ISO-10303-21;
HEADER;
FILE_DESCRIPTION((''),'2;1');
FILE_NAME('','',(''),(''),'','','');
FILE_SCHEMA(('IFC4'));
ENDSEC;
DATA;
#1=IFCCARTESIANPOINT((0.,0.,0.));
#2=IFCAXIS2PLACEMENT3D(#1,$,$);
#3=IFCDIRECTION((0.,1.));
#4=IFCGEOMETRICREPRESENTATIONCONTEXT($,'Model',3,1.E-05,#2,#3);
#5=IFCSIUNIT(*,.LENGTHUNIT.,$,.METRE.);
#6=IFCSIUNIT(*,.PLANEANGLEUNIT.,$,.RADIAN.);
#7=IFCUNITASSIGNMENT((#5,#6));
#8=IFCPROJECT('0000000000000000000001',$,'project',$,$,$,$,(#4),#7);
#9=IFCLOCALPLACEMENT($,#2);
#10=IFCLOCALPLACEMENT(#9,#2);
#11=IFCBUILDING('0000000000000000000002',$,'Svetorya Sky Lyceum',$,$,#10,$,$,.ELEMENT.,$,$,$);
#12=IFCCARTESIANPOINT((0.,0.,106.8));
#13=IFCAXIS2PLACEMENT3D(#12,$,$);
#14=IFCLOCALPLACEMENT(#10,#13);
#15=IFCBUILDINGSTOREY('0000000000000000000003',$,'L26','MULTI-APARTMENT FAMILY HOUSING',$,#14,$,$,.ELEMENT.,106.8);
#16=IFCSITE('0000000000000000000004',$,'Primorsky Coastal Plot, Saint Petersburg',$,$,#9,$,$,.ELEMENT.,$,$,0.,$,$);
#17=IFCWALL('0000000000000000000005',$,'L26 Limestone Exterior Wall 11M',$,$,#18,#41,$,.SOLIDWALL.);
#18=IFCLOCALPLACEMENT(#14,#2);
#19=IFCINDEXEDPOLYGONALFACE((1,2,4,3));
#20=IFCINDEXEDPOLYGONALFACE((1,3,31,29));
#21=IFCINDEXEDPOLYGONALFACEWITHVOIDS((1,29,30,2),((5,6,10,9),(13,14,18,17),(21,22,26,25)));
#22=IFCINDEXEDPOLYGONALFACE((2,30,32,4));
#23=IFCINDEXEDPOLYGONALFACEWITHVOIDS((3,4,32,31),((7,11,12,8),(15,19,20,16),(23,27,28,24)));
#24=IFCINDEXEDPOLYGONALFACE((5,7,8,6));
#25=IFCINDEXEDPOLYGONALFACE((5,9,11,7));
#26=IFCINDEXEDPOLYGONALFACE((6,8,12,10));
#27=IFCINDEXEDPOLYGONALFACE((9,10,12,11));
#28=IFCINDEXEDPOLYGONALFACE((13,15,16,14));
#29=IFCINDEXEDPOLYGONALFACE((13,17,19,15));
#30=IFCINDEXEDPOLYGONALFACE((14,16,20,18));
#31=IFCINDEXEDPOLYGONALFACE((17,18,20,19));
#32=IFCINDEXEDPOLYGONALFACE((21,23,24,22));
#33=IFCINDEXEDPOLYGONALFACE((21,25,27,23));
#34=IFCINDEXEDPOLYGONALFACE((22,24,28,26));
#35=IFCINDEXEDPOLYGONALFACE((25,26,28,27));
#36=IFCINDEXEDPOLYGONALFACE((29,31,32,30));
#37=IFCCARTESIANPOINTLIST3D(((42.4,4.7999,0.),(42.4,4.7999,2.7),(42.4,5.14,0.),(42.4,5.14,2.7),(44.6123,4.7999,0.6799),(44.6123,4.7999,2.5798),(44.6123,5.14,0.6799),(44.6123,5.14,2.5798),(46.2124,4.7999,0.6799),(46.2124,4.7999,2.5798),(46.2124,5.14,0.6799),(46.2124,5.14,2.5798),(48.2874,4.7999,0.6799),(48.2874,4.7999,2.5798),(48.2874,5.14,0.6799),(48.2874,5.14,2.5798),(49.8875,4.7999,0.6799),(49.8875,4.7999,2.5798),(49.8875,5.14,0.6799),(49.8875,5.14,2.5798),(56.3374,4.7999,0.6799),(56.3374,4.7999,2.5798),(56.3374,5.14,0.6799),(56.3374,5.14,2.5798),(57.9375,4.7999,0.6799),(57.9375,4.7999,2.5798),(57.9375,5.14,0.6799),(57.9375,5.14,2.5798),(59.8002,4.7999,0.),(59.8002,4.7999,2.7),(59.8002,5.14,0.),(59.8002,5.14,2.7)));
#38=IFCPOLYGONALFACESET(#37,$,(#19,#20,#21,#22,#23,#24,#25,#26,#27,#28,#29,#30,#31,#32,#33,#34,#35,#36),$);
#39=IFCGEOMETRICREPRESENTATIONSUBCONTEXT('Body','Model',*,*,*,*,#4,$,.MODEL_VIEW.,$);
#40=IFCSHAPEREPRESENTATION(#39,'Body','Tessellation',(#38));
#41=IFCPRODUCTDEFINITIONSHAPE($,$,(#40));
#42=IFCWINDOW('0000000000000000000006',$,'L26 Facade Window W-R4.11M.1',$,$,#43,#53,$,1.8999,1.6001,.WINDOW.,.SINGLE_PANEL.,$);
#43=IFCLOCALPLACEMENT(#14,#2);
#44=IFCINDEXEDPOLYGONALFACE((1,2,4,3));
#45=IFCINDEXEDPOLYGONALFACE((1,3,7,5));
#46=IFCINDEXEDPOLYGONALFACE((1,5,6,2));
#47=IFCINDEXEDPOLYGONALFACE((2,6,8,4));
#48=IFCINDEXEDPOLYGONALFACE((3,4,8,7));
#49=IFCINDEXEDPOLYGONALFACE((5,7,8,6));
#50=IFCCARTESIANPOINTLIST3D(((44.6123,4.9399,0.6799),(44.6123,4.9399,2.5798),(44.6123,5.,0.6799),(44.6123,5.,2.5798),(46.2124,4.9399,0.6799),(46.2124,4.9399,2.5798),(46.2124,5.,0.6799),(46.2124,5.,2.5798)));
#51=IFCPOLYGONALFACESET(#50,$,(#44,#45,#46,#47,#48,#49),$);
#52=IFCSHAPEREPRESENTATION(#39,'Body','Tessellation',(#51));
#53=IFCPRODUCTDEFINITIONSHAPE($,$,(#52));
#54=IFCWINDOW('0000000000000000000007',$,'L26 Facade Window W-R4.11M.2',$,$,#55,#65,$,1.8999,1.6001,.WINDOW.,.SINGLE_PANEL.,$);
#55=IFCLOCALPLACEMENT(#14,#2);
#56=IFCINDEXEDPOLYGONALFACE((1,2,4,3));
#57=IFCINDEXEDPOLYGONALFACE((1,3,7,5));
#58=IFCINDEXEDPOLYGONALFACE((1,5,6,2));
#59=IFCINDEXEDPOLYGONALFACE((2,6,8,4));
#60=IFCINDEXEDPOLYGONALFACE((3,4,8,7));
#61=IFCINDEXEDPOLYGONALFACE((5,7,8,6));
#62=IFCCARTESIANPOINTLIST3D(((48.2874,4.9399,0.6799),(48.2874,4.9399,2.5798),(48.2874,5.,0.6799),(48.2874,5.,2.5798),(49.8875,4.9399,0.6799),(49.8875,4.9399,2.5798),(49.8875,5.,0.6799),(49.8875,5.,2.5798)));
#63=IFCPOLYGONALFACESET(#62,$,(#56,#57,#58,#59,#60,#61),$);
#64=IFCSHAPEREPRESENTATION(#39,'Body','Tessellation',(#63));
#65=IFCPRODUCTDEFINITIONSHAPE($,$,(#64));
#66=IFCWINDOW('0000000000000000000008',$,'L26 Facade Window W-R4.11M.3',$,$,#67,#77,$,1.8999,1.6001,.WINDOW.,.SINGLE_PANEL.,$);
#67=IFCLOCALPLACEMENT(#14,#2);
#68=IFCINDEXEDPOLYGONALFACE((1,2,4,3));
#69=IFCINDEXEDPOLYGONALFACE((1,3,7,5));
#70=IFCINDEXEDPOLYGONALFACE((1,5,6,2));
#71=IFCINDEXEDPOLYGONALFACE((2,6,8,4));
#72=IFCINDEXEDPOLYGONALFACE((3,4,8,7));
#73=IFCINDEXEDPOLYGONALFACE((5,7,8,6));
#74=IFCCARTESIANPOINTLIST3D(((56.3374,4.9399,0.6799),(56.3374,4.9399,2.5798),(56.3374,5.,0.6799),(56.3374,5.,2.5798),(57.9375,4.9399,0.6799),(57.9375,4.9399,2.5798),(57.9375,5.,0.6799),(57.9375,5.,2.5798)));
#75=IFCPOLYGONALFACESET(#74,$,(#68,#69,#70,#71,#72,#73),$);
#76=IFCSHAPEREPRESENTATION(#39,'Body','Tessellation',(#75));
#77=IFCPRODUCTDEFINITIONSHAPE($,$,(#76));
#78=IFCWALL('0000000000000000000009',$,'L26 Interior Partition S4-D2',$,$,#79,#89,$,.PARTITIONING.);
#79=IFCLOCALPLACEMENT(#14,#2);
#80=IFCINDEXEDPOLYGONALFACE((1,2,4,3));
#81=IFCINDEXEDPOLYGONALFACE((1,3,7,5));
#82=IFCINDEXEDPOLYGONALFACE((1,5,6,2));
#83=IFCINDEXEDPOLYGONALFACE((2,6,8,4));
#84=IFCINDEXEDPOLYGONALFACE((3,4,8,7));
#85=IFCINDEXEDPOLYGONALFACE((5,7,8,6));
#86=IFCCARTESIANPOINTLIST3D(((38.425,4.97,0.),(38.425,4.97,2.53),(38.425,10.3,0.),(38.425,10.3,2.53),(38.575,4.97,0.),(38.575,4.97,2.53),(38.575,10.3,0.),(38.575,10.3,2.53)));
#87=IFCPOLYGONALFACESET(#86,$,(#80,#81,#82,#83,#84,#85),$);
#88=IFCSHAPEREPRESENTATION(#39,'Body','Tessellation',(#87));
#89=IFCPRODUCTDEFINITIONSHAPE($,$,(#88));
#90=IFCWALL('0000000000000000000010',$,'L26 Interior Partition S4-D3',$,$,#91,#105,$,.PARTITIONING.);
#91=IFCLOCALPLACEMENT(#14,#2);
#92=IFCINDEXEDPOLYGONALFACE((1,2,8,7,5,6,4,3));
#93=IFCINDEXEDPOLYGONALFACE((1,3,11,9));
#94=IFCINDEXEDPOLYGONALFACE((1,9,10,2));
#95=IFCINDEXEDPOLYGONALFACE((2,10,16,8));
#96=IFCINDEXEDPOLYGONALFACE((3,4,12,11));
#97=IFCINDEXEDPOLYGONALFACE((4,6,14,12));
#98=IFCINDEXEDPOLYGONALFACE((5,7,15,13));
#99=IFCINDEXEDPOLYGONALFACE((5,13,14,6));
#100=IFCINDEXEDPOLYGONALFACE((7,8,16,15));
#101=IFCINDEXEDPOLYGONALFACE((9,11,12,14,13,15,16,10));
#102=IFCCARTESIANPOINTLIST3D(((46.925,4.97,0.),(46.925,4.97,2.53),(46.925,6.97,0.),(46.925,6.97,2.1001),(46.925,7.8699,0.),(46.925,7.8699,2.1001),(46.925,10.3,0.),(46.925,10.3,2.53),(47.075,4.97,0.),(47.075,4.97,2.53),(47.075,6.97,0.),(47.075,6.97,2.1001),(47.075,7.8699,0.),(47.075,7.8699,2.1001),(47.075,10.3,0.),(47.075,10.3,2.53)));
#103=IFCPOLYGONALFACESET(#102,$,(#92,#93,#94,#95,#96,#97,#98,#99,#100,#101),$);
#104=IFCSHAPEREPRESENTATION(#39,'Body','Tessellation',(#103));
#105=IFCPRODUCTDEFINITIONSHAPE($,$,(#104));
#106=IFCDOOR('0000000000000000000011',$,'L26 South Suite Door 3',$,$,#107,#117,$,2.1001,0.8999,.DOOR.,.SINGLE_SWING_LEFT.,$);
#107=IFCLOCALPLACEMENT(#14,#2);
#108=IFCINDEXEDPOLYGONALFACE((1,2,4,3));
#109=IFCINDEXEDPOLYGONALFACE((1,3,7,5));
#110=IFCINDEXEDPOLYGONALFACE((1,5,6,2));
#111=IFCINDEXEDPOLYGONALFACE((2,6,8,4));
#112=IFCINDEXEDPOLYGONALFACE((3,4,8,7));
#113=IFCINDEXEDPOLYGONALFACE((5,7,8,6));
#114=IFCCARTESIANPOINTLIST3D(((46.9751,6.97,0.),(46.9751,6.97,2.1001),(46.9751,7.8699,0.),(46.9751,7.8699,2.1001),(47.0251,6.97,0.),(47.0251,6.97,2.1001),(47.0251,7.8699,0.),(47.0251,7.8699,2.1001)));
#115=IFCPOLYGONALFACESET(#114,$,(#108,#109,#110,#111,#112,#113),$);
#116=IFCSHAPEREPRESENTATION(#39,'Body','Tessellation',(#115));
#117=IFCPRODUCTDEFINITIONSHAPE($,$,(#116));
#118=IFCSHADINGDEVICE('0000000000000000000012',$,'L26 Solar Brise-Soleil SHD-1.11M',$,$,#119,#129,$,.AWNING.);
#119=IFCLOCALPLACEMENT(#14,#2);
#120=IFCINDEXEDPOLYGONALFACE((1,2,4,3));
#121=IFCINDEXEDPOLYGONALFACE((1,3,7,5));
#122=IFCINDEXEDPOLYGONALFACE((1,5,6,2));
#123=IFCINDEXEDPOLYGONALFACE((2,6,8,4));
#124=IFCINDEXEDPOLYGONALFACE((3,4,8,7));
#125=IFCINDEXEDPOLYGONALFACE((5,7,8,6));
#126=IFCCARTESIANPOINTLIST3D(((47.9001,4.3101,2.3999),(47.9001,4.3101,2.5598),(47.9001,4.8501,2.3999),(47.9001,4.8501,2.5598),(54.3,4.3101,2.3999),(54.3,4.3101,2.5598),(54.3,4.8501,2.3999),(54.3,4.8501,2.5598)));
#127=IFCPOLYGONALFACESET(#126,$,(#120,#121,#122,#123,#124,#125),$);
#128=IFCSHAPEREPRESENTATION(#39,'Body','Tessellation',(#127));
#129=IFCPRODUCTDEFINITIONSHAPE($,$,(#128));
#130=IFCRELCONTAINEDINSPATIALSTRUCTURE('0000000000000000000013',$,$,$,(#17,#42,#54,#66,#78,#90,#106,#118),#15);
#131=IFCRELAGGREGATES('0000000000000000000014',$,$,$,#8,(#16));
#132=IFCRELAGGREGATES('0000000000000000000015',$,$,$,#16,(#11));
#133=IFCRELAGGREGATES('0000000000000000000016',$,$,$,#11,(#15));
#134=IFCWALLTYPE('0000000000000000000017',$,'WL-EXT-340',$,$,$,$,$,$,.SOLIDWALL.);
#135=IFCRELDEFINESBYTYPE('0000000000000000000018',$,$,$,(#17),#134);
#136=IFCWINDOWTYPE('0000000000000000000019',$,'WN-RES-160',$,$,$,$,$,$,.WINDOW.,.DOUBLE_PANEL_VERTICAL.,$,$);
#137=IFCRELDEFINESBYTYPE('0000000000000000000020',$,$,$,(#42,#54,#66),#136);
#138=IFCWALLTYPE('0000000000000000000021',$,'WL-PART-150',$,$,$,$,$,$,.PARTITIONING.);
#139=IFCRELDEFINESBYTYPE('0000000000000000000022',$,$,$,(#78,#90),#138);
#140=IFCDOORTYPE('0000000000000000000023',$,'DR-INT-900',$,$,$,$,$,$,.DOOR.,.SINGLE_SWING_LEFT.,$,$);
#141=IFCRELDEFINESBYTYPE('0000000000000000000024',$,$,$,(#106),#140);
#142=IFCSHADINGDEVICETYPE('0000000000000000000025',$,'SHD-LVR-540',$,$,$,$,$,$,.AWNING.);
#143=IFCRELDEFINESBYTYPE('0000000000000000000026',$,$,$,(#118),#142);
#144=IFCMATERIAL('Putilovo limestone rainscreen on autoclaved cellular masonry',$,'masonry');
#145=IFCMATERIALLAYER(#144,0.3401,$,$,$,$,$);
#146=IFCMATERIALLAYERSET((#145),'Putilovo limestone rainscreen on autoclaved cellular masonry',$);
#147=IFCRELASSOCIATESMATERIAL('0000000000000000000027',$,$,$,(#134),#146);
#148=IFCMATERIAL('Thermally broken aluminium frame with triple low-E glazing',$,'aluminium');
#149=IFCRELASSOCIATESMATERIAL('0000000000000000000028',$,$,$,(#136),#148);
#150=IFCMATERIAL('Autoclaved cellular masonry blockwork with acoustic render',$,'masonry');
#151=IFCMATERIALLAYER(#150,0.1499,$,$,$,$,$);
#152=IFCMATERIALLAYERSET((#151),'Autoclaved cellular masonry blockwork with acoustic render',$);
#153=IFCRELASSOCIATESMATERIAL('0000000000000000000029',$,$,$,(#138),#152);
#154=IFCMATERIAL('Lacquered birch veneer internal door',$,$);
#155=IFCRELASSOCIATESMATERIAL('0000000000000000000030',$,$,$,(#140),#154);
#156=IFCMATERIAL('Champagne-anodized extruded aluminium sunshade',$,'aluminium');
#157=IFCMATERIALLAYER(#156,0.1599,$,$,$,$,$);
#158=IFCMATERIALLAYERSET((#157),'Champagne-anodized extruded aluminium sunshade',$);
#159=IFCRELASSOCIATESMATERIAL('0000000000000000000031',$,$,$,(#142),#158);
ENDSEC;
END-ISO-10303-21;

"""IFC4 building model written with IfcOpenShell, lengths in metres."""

from ifc_helpers import new_model, si_unit, direction, frame, frame_2d, origin, origin_2d, place, context, subcontext, project, spatial, rectangle, extrude, material, layer, layer_set, type_object, element, fill, save


model = new_model("IFC4")

# Units and contexts
model_context = context("Model", 3, precision=1e-05, world=origin(), true_north=direction((0.0, 1.0)))
body_context = subcontext(model_context, "Body", "Model", "MODEL_VIEW")
ifc_project = project(units=[si_unit("LENGTHUNIT", "METRE"), si_unit("PLANEANGLEUNIT", "RADIAN")], contexts=[model_context])

# Site, building, storey
site_placement = place(None, origin())
site = spatial("IfcSite", under=ifc_project, at=site_placement, Name="Primorsky Coastal Plot, Saint Petersburg", CompositionType="ELEMENT", RefElevation=0.0)
building_placement = place(site_placement, origin())
building = spatial("IfcBuilding", under=site, at=building_placement, Name="Svetorya Sky Lyceum", CompositionType="ELEMENT")
storey_placement = place(building_placement, frame((0.0, 0.0, 106.8)))
storey = spatial("IfcBuildingStorey", under=building, at=storey_placement, Name="L26", Description="MULTI-APARTMENT FAMILY HOUSING", CompositionType="ELEMENT", Elevation=106.8)

# Shared definitions
ifc_material_1 = material(Name="Putilovo limestone rainscreen on autoclaved cellular masonry", Category="masonry")
ifc_layer_1 = layer(ifc_material_1, 0.3401)
ifc_layer_set_1 = layer_set([ifc_layer_1], Name="Putilovo limestone rainscreen on autoclaved cellular masonry")
wall_type_1 = type_object("IfcWallType", Name="WL-EXT-340", PredefinedType="SOLIDWALL", material=ifc_layer_set_1)

# Wall, openings, windows
wall_1_placement = place(storey_placement, frame((42.3999, 4.97, 0.0), z_axis=(0.0, 0.0, 1.0), x_axis=(1.0, 0.0, 0.0)))
wall_1 = element("IfcWall", 1, at=wall_1_placement, inside=storey, type_object=wall_type_1, Name="L26 Limestone Exterior Wall 11M", PredefinedType="SOLIDWALL", context=body_context, shape_type="SweptSolid", body=[
    extrude(rectangle(XDim=17.4001, YDim=0.3401, at=frame_2d((8.7002, 0.0))), origin(), (0.0, 0.0, 1.0), 2.7),
])
opening_1_placement = place(wall_1_placement, frame((2.2124, 0.0, 0.6799)))
opening_1 = element("IfcOpeningElement", 2, at=opening_1_placement, cuts=wall_1, PredefinedType="OPENING", context=body_context, shape_type="SweptSolid", body=[
    extrude(rectangle(XDim=1.6001, YDim=1.8999, at=frame_2d((0.8, 0.95))), frame((0.0, 0.1799, 0.0), z_axis=(0.0, -1.0, 0.0), x_axis=(1.0, 0.0, 0.0)), (0.0, 0.0, 1.0), 0.3601),
])
opening_2_placement = place(wall_1_placement, frame((5.8875, 0.0, 0.6799)))
opening_2 = element("IfcOpeningElement", 3, at=opening_2_placement, cuts=wall_1, PredefinedType="OPENING", context=body_context, shape_type="SweptSolid", body=[
    extrude(rectangle(XDim=1.6001, YDim=1.8999, at=frame_2d((0.8, 0.95))), frame((0.0, 0.1799, 0.0), z_axis=(0.0, -1.0, 0.0), x_axis=(1.0, 0.0, 0.0)), (0.0, 0.0, 1.0), 0.3601),
])
opening_3_placement = place(wall_1_placement, frame((13.9375, 0.0, 0.6799)))
opening_3 = element("IfcOpeningElement", 4, at=opening_3_placement, cuts=wall_1, PredefinedType="OPENING", context=body_context, shape_type="SweptSolid", body=[
    extrude(rectangle(XDim=1.6001, YDim=1.8999, at=frame_2d((0.8, 0.95))), frame((0.0, 0.1799, 0.0), z_axis=(0.0, -1.0, 0.0), x_axis=(1.0, 0.0, 0.0)), (0.0, 0.0, 1.0), 0.3601),
])
ifc_material_2 = material(Name="Thermally broken aluminium frame with triple low-E glazing", Category="aluminium")
window_type = type_object("IfcWindowType", Name="WN-RES-160", PartitioningType="DOUBLE_PANEL_VERTICAL", PredefinedType="WINDOW", material=ifc_material_2)
window_1_placement = place(opening_1_placement, origin())
window_1 = element("IfcWindow", 5, at=window_1_placement, inside=storey, type_object=window_type, Name="L26 Facade Window W-R4.11M.1", OverallHeight=1.8999, OverallWidth=1.6001, PartitioningType="SINGLE_PANEL", PredefinedType="WINDOW", context=body_context, shape_type="SweptSolid", body=[
    extrude(rectangle(XDim=1.6001, YDim=1.8999, at=frame_2d((0.8, 0.95))), frame((0.0, 0.03, 0.0), z_axis=(0.0, -1.0, 0.0), x_axis=(1.0, 0.0, 0.0)), (0.0, 0.0, 1.0), 0.0601),
])
fill(opening_1, window_1)
window_2_placement = place(opening_2_placement, origin())
window_2 = element("IfcWindow", 6, at=window_2_placement, inside=storey, type_object=window_type, Name="L26 Facade Window W-R4.11M.2", OverallHeight=1.8999, OverallWidth=1.6001, PartitioningType="SINGLE_PANEL", PredefinedType="WINDOW", context=body_context, shape_type="SweptSolid", body=[
    extrude(rectangle(XDim=1.6001, YDim=1.8999, at=frame_2d((0.8, 0.95))), frame((0.0, 0.03, 0.0), z_axis=(0.0, -1.0, 0.0), x_axis=(1.0, 0.0, 0.0)), (0.0, 0.0, 1.0), 0.0601),
])
fill(opening_2, window_2)
window_3_placement = place(opening_3_placement, origin())
window_3 = element("IfcWindow", 7, at=window_3_placement, inside=storey, type_object=window_type, Name="L26 Facade Window W-R4.11M.3", OverallHeight=1.8999, OverallWidth=1.6001, PartitioningType="SINGLE_PANEL", PredefinedType="WINDOW", context=body_context, shape_type="SweptSolid", body=[
    extrude(rectangle(XDim=1.6001, YDim=1.8999, at=frame_2d((0.8, 0.95))), frame((0.0, 0.03, 0.0), z_axis=(0.0, -1.0, 0.0), x_axis=(1.0, 0.0, 0.0)), (0.0, 0.0, 1.0), 0.0601),
])
fill(opening_3, window_3)

# Wall
ifc_material_3 = material(Name="Autoclaved cellular masonry blockwork with acoustic render", Category="masonry")
ifc_layer_2 = layer(ifc_material_3, 0.1499)
ifc_layer_set_2 = layer_set([ifc_layer_2], Name="Autoclaved cellular masonry blockwork with acoustic render")
wall_type_2 = type_object("IfcWallType", Name="WL-PART-150", PredefinedType="PARTITIONING", material=ifc_layer_set_2)
wall_2_placement = place(storey_placement, frame((38.5, 4.97, 0.0), z_axis=(0.0, 0.0, 1.0), x_axis=(0.0, 1.0, 0.0)))
element("IfcWall", 8, at=wall_2_placement, inside=storey, type_object=wall_type_2, Name="L26 Interior Partition S4-D2", PredefinedType="PARTITIONING", context=body_context, shape_type="SweptSolid", body=[
    extrude(rectangle(XDim=5.3301, YDim=0.1499, at=frame_2d((2.665, 0.0))), origin(), (0.0, 0.0, 1.0), 2.53),
])

# Wall, opening, door
wall_3_placement = place(storey_placement, frame((47.0, 4.97, 0.0), z_axis=(0.0, 0.0, 1.0), x_axis=(0.0, 1.0, 0.0)))
wall_3 = element("IfcWall", 9, at=wall_3_placement, inside=storey, type_object=wall_type_2, Name="L26 Interior Partition S4-D3", PredefinedType="PARTITIONING", context=body_context, shape_type="SweptSolid", body=[
    extrude(rectangle(XDim=5.3301, YDim=0.1499, at=frame_2d((2.665, 0.0))), origin(), (0.0, 0.0, 1.0), 2.53),
])
opening_4_placement = place(wall_3_placement, frame((2.0, 0.0, 0.0)))
opening_4 = element("IfcOpeningElement", 10, at=opening_4_placement, cuts=wall_3, PredefinedType="OPENING", context=body_context, shape_type="SweptSolid", body=[
    extrude(rectangle(XDim=0.8999, YDim=2.1001, at=frame_2d((0.45, 1.05))), frame((0.0, 0.085, 0.0), z_axis=(0.0, -1.0, 0.0), x_axis=(1.0, 0.0, 0.0)), (0.0, 0.0, 1.0), 0.1699),
])
ifc_material_4 = material(Name="Lacquered birch veneer internal door")
door_type = type_object("IfcDoorType", Name="DR-INT-900", OperationType="SINGLE_SWING_LEFT", PredefinedType="DOOR", material=ifc_material_4)
door_placement = place(opening_4_placement, origin())
door = element("IfcDoor", 11, at=door_placement, inside=storey, type_object=door_type, Name="L26 South Suite Door 3", OperationType="SINGLE_SWING_LEFT", OverallHeight=2.1001, OverallWidth=0.8999, PredefinedType="DOOR", context=body_context, shape_type="SweptSolid", body=[
    extrude(rectangle(XDim=0.8999, YDim=2.1001, at=frame_2d((0.45, 1.05))), frame((0.0, 0.0249, 0.0), z_axis=(0.0, -1.0, 0.0), x_axis=(1.0, 0.0, 0.0)), (0.0, 0.0, 1.0), 0.05),
])
fill(opening_4, door)

# Shading device
ifc_material_5 = material(Name="Champagne-anodized extruded aluminium sunshade", Category="aluminium")
ifc_layer_3 = layer(ifc_material_5, 0.1599)
ifc_layer_set_3 = layer_set([ifc_layer_3], Name="Champagne-anodized extruded aluminium sunshade")
shading_device_type = type_object("IfcShadingDeviceType", Name="SHD-LVR-540", PredefinedType="AWNING", material=ifc_layer_set_3)
shading_device_placement = place(storey_placement, frame((51.1001, 4.5801, 2.3999), z_axis=(0.0, 0.0, 1.0), x_axis=(1.0, 0.0, 0.0)))
element("IfcShadingDevice", 12, at=shading_device_placement, inside=storey, type_object=shading_device_type, Name="L26 Solar Brise-Soleil SHD-1.11M", PredefinedType="AWNING", context=body_context, shape_type="SweptSolid", body=[
    extrude(rectangle(XDim=6.3999, YDim=0.54, at=origin_2d()), origin(), (0.0, 0.0, 1.0), 0.1599),
])

save(model, "model.ifc")
